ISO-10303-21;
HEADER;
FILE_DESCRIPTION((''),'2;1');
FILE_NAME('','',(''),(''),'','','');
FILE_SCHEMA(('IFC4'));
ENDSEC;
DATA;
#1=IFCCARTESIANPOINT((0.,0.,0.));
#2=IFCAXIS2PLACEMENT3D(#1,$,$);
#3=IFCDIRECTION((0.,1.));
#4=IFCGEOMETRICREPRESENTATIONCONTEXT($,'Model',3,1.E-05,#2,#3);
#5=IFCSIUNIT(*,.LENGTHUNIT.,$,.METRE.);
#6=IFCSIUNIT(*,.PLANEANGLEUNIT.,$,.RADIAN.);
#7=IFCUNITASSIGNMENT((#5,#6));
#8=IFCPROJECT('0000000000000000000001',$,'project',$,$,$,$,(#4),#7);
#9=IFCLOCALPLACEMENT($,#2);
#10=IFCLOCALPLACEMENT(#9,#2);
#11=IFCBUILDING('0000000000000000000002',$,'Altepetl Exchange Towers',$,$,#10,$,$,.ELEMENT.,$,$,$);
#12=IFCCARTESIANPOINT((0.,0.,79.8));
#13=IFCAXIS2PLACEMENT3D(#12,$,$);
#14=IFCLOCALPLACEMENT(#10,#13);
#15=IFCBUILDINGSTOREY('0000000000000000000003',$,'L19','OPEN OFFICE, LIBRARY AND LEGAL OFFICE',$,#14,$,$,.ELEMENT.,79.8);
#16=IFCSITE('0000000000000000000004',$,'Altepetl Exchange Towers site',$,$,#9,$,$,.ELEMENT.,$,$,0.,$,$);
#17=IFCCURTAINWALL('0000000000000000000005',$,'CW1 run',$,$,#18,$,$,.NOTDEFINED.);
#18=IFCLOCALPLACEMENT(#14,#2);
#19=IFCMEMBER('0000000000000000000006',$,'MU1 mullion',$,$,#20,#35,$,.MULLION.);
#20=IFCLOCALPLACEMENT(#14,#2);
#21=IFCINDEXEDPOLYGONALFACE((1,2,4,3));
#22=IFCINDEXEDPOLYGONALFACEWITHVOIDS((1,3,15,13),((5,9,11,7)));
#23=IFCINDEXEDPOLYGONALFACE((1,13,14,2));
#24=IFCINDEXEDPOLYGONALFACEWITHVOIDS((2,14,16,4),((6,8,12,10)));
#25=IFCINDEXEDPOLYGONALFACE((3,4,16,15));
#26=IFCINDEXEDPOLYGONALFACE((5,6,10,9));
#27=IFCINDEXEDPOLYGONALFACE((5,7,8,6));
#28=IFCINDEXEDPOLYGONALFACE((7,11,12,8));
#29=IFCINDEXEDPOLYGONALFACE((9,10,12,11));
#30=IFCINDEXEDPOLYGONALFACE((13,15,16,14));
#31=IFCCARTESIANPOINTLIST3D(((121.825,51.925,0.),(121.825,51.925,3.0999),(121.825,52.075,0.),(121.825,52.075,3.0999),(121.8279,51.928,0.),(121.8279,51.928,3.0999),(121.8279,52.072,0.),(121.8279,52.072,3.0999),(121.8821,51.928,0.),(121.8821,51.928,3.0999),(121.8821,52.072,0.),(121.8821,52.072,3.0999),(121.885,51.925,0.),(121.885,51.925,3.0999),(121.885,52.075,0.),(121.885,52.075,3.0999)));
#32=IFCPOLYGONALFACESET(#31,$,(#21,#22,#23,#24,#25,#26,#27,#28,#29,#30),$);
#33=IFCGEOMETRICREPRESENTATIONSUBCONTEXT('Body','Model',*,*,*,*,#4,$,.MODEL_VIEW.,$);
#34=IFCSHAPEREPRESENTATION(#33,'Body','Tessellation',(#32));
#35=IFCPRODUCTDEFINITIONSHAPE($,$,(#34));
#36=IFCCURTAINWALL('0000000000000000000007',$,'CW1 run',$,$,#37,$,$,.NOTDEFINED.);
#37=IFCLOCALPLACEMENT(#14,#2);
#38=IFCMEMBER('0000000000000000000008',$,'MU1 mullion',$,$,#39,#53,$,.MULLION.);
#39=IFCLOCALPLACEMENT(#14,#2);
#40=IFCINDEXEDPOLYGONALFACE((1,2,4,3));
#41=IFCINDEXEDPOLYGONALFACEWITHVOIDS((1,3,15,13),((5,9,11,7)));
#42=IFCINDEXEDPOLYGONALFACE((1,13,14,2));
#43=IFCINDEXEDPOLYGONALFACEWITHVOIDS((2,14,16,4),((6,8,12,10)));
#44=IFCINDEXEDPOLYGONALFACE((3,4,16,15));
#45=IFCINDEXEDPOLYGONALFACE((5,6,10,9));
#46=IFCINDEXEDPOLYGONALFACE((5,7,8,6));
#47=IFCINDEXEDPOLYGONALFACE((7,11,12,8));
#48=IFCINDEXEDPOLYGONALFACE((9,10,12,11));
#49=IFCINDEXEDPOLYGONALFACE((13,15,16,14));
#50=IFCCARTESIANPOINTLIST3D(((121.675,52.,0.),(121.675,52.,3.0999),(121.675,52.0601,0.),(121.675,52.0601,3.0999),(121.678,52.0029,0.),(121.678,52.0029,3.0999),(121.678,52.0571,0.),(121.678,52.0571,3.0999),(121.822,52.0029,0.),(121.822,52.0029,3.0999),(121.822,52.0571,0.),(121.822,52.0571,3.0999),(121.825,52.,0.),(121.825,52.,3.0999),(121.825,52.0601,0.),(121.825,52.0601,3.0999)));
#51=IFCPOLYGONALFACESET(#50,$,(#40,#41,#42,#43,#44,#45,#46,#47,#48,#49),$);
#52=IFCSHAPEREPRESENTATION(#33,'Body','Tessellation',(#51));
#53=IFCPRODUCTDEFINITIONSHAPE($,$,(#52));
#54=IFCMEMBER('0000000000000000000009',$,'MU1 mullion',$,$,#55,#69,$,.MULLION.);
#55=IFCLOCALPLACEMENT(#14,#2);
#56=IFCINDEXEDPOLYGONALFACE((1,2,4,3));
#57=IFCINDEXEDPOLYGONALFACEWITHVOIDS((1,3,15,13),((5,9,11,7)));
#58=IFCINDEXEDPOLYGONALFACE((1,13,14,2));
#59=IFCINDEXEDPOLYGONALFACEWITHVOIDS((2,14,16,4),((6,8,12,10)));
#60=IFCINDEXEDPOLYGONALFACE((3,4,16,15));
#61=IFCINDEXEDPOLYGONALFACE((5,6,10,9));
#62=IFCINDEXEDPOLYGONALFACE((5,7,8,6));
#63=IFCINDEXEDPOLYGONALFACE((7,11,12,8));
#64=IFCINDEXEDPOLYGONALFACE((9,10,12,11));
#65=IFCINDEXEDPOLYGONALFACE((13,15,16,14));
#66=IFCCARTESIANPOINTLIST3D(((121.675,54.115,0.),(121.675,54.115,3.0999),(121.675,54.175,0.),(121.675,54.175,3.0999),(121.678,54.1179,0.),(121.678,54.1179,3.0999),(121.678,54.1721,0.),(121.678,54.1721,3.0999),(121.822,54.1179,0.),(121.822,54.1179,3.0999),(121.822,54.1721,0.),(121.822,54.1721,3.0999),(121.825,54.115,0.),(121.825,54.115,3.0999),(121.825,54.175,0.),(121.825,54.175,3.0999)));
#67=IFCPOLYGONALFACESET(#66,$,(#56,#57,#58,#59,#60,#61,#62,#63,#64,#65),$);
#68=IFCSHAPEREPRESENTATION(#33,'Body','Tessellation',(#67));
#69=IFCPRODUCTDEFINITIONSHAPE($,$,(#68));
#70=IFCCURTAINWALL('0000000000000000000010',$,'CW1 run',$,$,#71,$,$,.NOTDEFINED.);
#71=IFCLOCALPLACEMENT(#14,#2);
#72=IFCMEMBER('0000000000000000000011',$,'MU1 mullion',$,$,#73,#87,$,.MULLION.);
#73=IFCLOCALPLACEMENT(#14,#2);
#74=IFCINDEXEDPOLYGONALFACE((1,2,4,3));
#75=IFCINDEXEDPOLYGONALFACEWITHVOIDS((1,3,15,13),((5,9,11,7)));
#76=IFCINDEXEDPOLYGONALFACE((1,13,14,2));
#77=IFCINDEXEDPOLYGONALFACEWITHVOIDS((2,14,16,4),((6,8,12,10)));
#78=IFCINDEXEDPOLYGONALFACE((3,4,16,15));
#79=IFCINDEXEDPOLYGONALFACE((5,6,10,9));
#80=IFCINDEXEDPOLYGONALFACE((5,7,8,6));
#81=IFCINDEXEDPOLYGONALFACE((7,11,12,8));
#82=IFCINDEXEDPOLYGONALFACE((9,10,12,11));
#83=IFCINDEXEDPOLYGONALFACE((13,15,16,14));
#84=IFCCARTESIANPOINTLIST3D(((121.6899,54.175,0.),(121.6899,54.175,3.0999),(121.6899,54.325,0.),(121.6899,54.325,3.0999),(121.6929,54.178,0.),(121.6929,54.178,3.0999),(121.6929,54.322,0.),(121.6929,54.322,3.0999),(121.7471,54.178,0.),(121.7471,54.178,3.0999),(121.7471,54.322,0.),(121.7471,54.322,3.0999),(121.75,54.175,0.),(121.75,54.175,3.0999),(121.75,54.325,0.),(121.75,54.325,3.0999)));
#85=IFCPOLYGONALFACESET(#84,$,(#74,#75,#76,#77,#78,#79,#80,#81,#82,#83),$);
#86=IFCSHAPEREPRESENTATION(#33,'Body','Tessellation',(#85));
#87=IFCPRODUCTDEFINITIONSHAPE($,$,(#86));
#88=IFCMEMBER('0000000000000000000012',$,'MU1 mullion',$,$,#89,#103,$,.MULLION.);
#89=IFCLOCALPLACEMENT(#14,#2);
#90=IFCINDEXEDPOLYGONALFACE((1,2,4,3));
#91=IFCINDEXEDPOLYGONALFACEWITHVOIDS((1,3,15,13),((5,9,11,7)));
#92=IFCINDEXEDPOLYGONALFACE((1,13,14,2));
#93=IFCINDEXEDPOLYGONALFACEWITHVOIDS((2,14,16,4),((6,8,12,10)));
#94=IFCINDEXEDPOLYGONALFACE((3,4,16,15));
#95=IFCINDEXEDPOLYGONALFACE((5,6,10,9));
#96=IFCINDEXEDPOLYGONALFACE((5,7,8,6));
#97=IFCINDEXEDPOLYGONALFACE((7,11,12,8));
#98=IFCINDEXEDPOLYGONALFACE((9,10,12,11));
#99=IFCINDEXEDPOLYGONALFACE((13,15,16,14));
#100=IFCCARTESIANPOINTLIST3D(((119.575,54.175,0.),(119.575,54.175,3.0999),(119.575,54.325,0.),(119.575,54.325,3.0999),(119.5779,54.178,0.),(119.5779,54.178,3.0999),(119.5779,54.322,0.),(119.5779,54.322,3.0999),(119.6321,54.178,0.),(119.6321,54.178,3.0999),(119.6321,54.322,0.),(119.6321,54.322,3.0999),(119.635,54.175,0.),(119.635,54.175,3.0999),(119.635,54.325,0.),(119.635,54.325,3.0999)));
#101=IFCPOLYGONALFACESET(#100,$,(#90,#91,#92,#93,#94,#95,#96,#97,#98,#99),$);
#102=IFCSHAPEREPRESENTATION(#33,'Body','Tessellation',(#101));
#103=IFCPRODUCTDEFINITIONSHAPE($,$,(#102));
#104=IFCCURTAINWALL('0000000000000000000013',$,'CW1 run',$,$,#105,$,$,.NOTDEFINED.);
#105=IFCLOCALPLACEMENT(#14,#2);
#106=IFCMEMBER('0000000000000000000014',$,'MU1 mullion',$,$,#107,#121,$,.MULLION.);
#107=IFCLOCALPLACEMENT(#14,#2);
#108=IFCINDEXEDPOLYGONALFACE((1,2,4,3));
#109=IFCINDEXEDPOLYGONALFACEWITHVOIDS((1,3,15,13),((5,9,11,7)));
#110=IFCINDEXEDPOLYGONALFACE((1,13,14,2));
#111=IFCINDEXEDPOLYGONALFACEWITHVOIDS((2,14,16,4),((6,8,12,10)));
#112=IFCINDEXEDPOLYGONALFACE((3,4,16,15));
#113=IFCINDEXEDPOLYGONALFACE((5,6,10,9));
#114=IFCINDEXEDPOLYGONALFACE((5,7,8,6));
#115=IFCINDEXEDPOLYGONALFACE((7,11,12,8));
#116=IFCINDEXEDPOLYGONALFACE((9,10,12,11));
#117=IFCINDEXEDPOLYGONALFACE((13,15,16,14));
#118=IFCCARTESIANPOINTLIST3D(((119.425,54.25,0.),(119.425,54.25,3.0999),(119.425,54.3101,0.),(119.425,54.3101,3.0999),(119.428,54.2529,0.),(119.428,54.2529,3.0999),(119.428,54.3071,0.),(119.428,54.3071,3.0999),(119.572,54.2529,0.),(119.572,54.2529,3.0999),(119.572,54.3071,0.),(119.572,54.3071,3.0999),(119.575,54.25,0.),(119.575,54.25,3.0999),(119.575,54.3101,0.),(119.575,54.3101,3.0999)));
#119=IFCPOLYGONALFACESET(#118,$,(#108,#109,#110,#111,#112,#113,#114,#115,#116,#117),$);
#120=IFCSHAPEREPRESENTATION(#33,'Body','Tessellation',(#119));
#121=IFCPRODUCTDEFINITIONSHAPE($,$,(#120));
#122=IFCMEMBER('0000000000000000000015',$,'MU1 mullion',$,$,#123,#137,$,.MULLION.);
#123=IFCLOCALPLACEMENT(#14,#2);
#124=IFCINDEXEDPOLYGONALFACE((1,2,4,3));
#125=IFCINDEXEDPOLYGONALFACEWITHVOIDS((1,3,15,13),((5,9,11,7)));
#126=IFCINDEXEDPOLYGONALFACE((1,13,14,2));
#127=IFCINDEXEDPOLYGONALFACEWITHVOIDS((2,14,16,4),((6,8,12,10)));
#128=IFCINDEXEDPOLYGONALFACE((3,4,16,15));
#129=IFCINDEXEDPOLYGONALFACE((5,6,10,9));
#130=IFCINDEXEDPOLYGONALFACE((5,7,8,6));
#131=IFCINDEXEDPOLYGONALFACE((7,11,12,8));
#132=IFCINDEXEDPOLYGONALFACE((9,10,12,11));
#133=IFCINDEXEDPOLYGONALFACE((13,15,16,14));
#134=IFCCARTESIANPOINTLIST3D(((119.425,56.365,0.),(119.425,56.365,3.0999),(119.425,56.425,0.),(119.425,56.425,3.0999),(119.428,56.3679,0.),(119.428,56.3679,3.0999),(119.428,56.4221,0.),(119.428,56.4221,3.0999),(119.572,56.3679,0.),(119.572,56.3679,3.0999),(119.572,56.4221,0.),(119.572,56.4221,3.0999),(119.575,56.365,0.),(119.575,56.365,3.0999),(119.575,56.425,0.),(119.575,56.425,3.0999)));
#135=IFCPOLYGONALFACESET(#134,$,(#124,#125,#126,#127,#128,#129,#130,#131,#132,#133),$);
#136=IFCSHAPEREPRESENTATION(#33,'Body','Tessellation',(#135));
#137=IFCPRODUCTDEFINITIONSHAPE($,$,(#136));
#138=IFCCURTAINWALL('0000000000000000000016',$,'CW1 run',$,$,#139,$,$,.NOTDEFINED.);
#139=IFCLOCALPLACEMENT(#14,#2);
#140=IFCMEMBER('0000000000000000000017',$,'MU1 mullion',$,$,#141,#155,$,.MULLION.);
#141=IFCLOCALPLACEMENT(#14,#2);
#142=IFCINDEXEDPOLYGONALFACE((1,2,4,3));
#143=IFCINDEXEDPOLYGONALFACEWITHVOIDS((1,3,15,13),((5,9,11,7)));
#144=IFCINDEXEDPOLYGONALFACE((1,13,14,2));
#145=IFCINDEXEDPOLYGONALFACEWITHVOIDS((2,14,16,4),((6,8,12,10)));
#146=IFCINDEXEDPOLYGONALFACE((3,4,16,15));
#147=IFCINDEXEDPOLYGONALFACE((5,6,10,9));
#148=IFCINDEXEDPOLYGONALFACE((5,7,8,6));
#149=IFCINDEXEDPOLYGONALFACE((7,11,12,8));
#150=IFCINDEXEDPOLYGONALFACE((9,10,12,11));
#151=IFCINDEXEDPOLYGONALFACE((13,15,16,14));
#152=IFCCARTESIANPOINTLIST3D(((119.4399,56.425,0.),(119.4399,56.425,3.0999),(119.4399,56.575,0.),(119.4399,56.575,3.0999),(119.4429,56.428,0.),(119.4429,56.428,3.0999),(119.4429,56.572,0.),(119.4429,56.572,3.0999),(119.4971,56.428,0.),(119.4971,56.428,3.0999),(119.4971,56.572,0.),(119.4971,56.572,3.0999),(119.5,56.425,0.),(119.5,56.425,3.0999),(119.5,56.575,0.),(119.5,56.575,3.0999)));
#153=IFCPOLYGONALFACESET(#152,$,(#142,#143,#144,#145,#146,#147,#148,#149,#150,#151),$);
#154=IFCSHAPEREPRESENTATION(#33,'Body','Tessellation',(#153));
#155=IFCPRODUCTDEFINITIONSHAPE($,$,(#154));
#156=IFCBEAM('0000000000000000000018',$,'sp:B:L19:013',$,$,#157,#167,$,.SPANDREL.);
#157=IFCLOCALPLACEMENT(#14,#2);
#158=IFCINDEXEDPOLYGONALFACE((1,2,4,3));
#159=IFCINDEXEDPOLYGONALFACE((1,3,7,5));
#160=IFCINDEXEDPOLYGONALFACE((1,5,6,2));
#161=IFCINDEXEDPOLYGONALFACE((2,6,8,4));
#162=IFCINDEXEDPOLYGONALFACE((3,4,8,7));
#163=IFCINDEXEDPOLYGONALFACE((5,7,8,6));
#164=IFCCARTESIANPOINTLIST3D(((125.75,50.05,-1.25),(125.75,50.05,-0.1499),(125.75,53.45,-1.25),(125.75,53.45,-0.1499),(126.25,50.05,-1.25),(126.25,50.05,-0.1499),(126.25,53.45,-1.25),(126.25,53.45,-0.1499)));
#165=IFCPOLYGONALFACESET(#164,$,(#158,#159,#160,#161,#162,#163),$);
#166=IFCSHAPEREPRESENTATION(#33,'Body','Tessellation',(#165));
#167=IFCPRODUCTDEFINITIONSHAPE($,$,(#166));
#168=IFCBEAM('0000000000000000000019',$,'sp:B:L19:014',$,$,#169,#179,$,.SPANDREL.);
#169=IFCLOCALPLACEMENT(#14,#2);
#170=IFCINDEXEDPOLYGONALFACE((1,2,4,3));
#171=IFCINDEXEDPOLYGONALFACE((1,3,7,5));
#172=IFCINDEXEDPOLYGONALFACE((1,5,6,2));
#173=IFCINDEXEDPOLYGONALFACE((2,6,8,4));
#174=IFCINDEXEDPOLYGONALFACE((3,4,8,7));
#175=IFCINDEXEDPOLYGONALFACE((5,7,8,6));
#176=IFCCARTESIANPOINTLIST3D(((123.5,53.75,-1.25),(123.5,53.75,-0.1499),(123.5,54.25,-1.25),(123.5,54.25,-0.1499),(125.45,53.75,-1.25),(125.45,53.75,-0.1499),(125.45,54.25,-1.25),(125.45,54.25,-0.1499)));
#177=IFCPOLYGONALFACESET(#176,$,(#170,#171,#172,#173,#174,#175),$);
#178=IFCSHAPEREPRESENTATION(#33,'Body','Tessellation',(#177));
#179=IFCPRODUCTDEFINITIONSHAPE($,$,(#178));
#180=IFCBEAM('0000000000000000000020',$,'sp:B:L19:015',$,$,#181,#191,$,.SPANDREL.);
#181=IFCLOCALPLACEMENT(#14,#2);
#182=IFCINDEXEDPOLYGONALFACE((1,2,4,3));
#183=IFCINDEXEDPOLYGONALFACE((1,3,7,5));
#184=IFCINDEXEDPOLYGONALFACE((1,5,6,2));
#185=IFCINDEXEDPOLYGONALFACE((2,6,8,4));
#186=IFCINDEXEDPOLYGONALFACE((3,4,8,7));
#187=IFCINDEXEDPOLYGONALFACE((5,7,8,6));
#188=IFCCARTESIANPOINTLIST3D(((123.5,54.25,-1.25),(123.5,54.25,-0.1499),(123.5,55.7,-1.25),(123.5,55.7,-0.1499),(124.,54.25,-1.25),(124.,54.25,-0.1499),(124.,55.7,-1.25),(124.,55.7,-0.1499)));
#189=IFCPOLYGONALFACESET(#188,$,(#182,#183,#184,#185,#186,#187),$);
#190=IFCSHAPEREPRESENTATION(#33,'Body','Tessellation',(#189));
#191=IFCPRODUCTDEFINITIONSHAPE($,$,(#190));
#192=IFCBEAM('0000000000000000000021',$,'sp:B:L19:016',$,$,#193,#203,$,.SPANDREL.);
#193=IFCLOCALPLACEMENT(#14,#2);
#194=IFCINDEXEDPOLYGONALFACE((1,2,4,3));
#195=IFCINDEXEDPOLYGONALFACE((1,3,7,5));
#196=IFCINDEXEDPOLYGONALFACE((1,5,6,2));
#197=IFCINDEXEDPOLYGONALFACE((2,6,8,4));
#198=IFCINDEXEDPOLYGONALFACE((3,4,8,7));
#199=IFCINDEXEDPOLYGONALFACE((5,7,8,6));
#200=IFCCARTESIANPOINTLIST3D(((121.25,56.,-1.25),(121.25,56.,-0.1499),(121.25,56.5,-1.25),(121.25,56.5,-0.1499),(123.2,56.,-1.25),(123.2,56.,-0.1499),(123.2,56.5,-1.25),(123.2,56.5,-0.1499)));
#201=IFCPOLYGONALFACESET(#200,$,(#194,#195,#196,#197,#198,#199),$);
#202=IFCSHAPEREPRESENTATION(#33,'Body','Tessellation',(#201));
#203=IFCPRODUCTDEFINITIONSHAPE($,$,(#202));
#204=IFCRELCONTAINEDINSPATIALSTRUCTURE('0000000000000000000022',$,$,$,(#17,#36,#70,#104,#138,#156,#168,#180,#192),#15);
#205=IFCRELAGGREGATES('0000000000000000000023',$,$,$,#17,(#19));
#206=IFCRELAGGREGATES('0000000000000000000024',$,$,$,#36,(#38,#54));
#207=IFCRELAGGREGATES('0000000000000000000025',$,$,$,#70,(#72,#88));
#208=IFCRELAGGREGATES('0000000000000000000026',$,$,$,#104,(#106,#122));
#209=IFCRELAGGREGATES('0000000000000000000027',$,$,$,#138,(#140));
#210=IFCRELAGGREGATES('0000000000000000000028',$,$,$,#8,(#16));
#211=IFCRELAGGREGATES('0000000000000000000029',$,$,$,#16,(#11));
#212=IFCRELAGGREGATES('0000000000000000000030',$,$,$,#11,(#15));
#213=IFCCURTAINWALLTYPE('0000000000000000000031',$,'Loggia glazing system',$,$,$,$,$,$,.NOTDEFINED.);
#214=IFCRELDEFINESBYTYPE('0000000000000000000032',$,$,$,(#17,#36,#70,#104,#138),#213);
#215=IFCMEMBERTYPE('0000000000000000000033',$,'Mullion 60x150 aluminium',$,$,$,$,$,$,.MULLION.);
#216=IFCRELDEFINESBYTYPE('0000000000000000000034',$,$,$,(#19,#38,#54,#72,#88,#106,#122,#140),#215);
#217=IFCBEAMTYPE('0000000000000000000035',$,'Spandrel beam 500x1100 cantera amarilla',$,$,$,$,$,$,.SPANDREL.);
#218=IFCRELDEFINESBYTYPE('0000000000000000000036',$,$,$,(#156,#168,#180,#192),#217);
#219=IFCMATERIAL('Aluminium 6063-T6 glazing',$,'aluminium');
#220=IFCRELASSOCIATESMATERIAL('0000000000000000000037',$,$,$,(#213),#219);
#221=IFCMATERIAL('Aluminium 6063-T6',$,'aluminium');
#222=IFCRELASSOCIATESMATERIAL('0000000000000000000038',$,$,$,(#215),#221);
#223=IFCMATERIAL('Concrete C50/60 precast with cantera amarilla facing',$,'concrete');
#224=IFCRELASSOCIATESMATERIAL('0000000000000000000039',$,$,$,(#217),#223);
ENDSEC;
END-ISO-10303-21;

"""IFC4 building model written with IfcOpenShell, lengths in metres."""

from ifc_helpers import new_model, si_unit, direction, frame, origin, origin_2d, place, context, subcontext, project, spatial, rectangle, hollow_rectangle, extrude, material, material_profile, profile_set, type_object, element, aggregate, save


model = new_model("IFC4")

# Units and contexts
model_context = context("Model", 3, precision=1e-05, world=origin(), true_north=direction((0.0, 1.0)))
body_context = subcontext(model_context, "Body", "Model", "MODEL_VIEW")
ifc_project = project(units=[si_unit("LENGTHUNIT", "METRE"), si_unit("PLANEANGLEUNIT", "RADIAN")], contexts=[model_context])

# Site, building, storey
site_placement = place(None, origin())
site = spatial("IfcSite", under=ifc_project, at=site_placement, Name="Altepetl Exchange Towers site", CompositionType="ELEMENT", RefElevation=0.0)
building_placement = place(site_placement, origin())
building = spatial("IfcBuilding", under=site, at=building_placement, Name="Altepetl Exchange Towers", CompositionType="ELEMENT")
storey_placement = place(building_placement, frame((0.0, 0.0, 79.8)))
storey = spatial("IfcBuildingStorey", under=building, at=storey_placement, Name="L19", Description="OPEN OFFICE, LIBRARY AND LEGAL OFFICE", CompositionType="ELEMENT", Elevation=79.8)

# Curtain walls, members
ifc_material_1 = material(Name="Aluminium 6063-T6 glazing", Category="aluminium")
curtain_wall_type = type_object("IfcCurtainWallType", Name="Loggia glazing system", PredefinedType="NOTDEFINED", material=ifc_material_1)
ifc_material_2 = material(Name="Aluminium 6063-T6", Category="aluminium")
ifc_material_profile_1 = material_profile(ifc_material_2, hollow_rectangle(XDim=0.0601, YDim=0.1499, WallThickness=0.0029, at=origin_2d()), Name="Mullion 60x150 aluminium")
ifc_profile_set_1 = profile_set([ifc_material_profile_1], Name="Aluminium 6063-T6")
member_type = type_object("IfcMemberType", Name="Mullion 60x150 aluminium", PredefinedType="MULLION", material=ifc_profile_set_1)
curtain_wall_1_placement = place(storey_placement, origin())
curtain_wall_1 = element("IfcCurtainWall", 1, at=curtain_wall_1_placement, inside=storey, type_object=curtain_wall_type, Name="CW1 run", PredefinedType="NOTDEFINED")
member_1_placement = place(storey_placement, frame((121.855, 52.0, 0.0), z_axis=(0.0, 0.0, 1.0), x_axis=(-1.0, 0.0, 0.0)))
member_1 = element("IfcMember", 2, at=member_1_placement, type_object=member_type, Name="MU1 mullion", PredefinedType="MULLION", context=body_context, shape_type="SweptSolid", body=[
    extrude(hollow_rectangle(XDim=0.0601, YDim=0.1499, WallThickness=0.0029, at=origin_2d()), origin(), (0.0, 0.0, 1.0), 3.0999),
])
curtain_wall_2_placement = place(storey_placement, origin())
curtain_wall_2 = element("IfcCurtainWall", 3, at=curtain_wall_2_placement, inside=storey, type_object=curtain_wall_type, Name="CW1 run", PredefinedType="NOTDEFINED")
member_2_placement = place(storey_placement, frame((121.75, 52.03, 0.0), z_axis=(0.0, 0.0, 1.0), x_axis=(0.0, 1.0, 0.0)))
member_2 = element("IfcMember", 4, at=member_2_placement, type_object=member_type, Name="MU1 mullion", PredefinedType="MULLION", context=body_context, shape_type="SweptSolid", body=[
    extrude(hollow_rectangle(XDim=0.0601, YDim=0.1499, WallThickness=0.0029, at=origin_2d()), origin(), (0.0, 0.0, 1.0), 3.0999),
])
member_3_placement = place(storey_placement, frame((121.75, 54.145, 0.0), z_axis=(0.0, 0.0, 1.0), x_axis=(0.0, 1.0, 0.0)))
member_3 = element("IfcMember", 5, at=member_3_placement, type_object=member_type, Name="MU1 mullion", PredefinedType="MULLION", context=body_context, shape_type="SweptSolid", body=[
    extrude(hollow_rectangle(XDim=0.0601, YDim=0.1499, WallThickness=0.0029, at=origin_2d()), origin(), (0.0, 0.0, 1.0), 3.0999),
])
curtain_wall_3_placement = place(storey_placement, origin())
curtain_wall_3 = element("IfcCurtainWall", 6, at=curtain_wall_3_placement, inside=storey, type_object=curtain_wall_type, Name="CW1 run", PredefinedType="NOTDEFINED")
member_4_placement = place(storey_placement, frame((121.72, 54.25, 0.0), z_axis=(0.0, 0.0, 1.0), x_axis=(-1.0, 0.0, 0.0)))
member_4 = element("IfcMember", 7, at=member_4_placement, type_object=member_type, Name="MU1 mullion", PredefinedType="MULLION", context=body_context, shape_type="SweptSolid", body=[
    extrude(hollow_rectangle(XDim=0.0601, YDim=0.1499, WallThickness=0.0029, at=origin_2d()), origin(), (0.0, 0.0, 1.0), 3.0999),
])
member_5_placement = place(storey_placement, frame((119.605, 54.25, 0.0), z_axis=(0.0, 0.0, 1.0), x_axis=(-1.0, 0.0, 0.0)))
member_5 = element("IfcMember", 8, at=member_5_placement, type_object=member_type, Name="MU1 mullion", PredefinedType="MULLION", context=body_context, shape_type="SweptSolid", body=[
    extrude(hollow_rectangle(XDim=0.0601, YDim=0.1499, WallThickness=0.0029, at=origin_2d()), origin(), (0.0, 0.0, 1.0), 3.0999),
])
curtain_wall_4_placement = place(storey_placement, origin())
curtain_wall_4 = element("IfcCurtainWall", 9, at=curtain_wall_4_placement, inside=storey, type_object=curtain_wall_type, Name="CW1 run", PredefinedType="NOTDEFINED")
member_6_placement = place(storey_placement, frame((119.5, 54.28, 0.0), z_axis=(0.0, 0.0, 1.0), x_axis=(0.0, 1.0, 0.0)))
member_6 = element("IfcMember", 10, at=member_6_placement, type_object=member_type, Name="MU1 mullion", PredefinedType="MULLION", context=body_context, shape_type="SweptSolid", body=[
    extrude(hollow_rectangle(XDim=0.0601, YDim=0.1499, WallThickness=0.0029, at=origin_2d()), origin(), (0.0, 0.0, 1.0), 3.0999),
])
member_7_placement = place(storey_placement, frame((119.5, 56.395, 0.0), z_axis=(0.0, 0.0, 1.0), x_axis=(0.0, 1.0, 0.0)))
member_7 = element("IfcMember", 11, at=member_7_placement, type_object=member_type, Name="MU1 mullion", PredefinedType="MULLION", context=body_context, shape_type="SweptSolid", body=[
    extrude(hollow_rectangle(XDim=0.0601, YDim=0.1499, WallThickness=0.0029, at=origin_2d()), origin(), (0.0, 0.0, 1.0), 3.0999),
])

# Curtain wall, member
curtain_wall_5_placement = place(storey_placement, origin())
curtain_wall_5 = element("IfcCurtainWall", 12, at=curtain_wall_5_placement, inside=storey, type_object=curtain_wall_type, Name="CW1 run", PredefinedType="NOTDEFINED")
member_8_placement = place(storey_placement, frame((119.47, 56.5, 0.0), z_axis=(0.0, 0.0, 1.0), x_axis=(-1.0, 0.0, 0.0)))
member_8 = element("IfcMember", 13, at=member_8_placement, type_object=member_type, Name="MU1 mullion", PredefinedType="MULLION", context=body_context, shape_type="SweptSolid", body=[
    extrude(hollow_rectangle(XDim=0.0601, YDim=0.1499, WallThickness=0.0029, at=origin_2d()), origin(), (0.0, 0.0, 1.0), 3.0999),
])

# Beams
ifc_material_3 = material(Name="Concrete C50/60 precast with cantera amarilla facing", Category="concrete")
ifc_material_profile_2 = material_profile(ifc_material_3, rectangle(XDim=0.5, YDim=1.1001, at=origin_2d()), Name="500 x 1100")
ifc_profile_set_2 = profile_set([ifc_material_profile_2], Name="Concrete C50/60 precast with cantera amarilla facing")
beam_type_1 = type_object("IfcBeamType", Name="Spandrel beam 500x1100 cantera amarilla", PredefinedType="SPANDREL", material=ifc_profile_set_2)
beam_1_placement = place(storey_placement, frame((126.0, 50.05, -0.7), z_axis=(0.0, 1.0, 0.0), x_axis=(-1.0, 0.0, 0.0)))
element("IfcBeam", 14, at=beam_1_placement, inside=storey, type_object=beam_type_1, Name="sp:B:L19:013", PredefinedType="SPANDREL", context=body_context, shape_type="SweptSolid", body=[
    extrude(rectangle(XDim=0.5, YDim=1.1001, at=origin_2d()), origin(), (0.0, 0.0, 1.0), 3.3999),
])
beam_2_placement = place(storey_placement, frame((125.45, 54.0, -0.7), z_axis=(-1.0, 0.0, 0.0), x_axis=(0.0, -1.0, 0.0)))
element("IfcBeam", 15, at=beam_2_placement, inside=storey, type_object=beam_type_1, Name="sp:B:L19:014", PredefinedType="SPANDREL", context=body_context, shape_type="SweptSolid", body=[
    extrude(rectangle(XDim=0.5, YDim=1.1001, at=origin_2d()), origin(), (0.0, 0.0, 1.0), 1.95),
])
beam_3_placement = place(storey_placement, frame((123.75, 54.25, -0.7), z_axis=(0.0, 1.0, 0.0), x_axis=(-1.0, 0.0, 0.0)))
element("IfcBeam", 16, at=beam_3_placement, inside=storey, type_object=beam_type_1, Name="sp:B:L19:015", PredefinedType="SPANDREL", context=body_context, shape_type="SweptSolid", body=[
    extrude(rectangle(XDim=0.5, YDim=1.1001, at=origin_2d()), origin(), (0.0, 0.0, 1.0), 1.45),
])
beam_4_placement = place(storey_placement, frame((123.2, 56.25, -0.7), z_axis=(-1.0, 0.0, 0.0), x_axis=(0.0, -1.0, 0.0)))
element("IfcBeam", 17, at=beam_4_placement, inside=storey, type_object=beam_type_1, Name="sp:B:L19:016", PredefinedType="SPANDREL", context=body_context, shape_type="SweptSolid", body=[
    extrude(rectangle(XDim=0.5, YDim=1.1001, at=origin_2d()), origin(), (0.0, 0.0, 1.0), 1.95),
])

aggregate(curtain_wall_1, [member_1])
aggregate(curtain_wall_2, [member_2, member_3])
aggregate(curtain_wall_3, [member_4, member_5])
aggregate(curtain_wall_4, [member_6, member_7])
aggregate(curtain_wall_5, [member_8])

save(model, "model.ifc")
